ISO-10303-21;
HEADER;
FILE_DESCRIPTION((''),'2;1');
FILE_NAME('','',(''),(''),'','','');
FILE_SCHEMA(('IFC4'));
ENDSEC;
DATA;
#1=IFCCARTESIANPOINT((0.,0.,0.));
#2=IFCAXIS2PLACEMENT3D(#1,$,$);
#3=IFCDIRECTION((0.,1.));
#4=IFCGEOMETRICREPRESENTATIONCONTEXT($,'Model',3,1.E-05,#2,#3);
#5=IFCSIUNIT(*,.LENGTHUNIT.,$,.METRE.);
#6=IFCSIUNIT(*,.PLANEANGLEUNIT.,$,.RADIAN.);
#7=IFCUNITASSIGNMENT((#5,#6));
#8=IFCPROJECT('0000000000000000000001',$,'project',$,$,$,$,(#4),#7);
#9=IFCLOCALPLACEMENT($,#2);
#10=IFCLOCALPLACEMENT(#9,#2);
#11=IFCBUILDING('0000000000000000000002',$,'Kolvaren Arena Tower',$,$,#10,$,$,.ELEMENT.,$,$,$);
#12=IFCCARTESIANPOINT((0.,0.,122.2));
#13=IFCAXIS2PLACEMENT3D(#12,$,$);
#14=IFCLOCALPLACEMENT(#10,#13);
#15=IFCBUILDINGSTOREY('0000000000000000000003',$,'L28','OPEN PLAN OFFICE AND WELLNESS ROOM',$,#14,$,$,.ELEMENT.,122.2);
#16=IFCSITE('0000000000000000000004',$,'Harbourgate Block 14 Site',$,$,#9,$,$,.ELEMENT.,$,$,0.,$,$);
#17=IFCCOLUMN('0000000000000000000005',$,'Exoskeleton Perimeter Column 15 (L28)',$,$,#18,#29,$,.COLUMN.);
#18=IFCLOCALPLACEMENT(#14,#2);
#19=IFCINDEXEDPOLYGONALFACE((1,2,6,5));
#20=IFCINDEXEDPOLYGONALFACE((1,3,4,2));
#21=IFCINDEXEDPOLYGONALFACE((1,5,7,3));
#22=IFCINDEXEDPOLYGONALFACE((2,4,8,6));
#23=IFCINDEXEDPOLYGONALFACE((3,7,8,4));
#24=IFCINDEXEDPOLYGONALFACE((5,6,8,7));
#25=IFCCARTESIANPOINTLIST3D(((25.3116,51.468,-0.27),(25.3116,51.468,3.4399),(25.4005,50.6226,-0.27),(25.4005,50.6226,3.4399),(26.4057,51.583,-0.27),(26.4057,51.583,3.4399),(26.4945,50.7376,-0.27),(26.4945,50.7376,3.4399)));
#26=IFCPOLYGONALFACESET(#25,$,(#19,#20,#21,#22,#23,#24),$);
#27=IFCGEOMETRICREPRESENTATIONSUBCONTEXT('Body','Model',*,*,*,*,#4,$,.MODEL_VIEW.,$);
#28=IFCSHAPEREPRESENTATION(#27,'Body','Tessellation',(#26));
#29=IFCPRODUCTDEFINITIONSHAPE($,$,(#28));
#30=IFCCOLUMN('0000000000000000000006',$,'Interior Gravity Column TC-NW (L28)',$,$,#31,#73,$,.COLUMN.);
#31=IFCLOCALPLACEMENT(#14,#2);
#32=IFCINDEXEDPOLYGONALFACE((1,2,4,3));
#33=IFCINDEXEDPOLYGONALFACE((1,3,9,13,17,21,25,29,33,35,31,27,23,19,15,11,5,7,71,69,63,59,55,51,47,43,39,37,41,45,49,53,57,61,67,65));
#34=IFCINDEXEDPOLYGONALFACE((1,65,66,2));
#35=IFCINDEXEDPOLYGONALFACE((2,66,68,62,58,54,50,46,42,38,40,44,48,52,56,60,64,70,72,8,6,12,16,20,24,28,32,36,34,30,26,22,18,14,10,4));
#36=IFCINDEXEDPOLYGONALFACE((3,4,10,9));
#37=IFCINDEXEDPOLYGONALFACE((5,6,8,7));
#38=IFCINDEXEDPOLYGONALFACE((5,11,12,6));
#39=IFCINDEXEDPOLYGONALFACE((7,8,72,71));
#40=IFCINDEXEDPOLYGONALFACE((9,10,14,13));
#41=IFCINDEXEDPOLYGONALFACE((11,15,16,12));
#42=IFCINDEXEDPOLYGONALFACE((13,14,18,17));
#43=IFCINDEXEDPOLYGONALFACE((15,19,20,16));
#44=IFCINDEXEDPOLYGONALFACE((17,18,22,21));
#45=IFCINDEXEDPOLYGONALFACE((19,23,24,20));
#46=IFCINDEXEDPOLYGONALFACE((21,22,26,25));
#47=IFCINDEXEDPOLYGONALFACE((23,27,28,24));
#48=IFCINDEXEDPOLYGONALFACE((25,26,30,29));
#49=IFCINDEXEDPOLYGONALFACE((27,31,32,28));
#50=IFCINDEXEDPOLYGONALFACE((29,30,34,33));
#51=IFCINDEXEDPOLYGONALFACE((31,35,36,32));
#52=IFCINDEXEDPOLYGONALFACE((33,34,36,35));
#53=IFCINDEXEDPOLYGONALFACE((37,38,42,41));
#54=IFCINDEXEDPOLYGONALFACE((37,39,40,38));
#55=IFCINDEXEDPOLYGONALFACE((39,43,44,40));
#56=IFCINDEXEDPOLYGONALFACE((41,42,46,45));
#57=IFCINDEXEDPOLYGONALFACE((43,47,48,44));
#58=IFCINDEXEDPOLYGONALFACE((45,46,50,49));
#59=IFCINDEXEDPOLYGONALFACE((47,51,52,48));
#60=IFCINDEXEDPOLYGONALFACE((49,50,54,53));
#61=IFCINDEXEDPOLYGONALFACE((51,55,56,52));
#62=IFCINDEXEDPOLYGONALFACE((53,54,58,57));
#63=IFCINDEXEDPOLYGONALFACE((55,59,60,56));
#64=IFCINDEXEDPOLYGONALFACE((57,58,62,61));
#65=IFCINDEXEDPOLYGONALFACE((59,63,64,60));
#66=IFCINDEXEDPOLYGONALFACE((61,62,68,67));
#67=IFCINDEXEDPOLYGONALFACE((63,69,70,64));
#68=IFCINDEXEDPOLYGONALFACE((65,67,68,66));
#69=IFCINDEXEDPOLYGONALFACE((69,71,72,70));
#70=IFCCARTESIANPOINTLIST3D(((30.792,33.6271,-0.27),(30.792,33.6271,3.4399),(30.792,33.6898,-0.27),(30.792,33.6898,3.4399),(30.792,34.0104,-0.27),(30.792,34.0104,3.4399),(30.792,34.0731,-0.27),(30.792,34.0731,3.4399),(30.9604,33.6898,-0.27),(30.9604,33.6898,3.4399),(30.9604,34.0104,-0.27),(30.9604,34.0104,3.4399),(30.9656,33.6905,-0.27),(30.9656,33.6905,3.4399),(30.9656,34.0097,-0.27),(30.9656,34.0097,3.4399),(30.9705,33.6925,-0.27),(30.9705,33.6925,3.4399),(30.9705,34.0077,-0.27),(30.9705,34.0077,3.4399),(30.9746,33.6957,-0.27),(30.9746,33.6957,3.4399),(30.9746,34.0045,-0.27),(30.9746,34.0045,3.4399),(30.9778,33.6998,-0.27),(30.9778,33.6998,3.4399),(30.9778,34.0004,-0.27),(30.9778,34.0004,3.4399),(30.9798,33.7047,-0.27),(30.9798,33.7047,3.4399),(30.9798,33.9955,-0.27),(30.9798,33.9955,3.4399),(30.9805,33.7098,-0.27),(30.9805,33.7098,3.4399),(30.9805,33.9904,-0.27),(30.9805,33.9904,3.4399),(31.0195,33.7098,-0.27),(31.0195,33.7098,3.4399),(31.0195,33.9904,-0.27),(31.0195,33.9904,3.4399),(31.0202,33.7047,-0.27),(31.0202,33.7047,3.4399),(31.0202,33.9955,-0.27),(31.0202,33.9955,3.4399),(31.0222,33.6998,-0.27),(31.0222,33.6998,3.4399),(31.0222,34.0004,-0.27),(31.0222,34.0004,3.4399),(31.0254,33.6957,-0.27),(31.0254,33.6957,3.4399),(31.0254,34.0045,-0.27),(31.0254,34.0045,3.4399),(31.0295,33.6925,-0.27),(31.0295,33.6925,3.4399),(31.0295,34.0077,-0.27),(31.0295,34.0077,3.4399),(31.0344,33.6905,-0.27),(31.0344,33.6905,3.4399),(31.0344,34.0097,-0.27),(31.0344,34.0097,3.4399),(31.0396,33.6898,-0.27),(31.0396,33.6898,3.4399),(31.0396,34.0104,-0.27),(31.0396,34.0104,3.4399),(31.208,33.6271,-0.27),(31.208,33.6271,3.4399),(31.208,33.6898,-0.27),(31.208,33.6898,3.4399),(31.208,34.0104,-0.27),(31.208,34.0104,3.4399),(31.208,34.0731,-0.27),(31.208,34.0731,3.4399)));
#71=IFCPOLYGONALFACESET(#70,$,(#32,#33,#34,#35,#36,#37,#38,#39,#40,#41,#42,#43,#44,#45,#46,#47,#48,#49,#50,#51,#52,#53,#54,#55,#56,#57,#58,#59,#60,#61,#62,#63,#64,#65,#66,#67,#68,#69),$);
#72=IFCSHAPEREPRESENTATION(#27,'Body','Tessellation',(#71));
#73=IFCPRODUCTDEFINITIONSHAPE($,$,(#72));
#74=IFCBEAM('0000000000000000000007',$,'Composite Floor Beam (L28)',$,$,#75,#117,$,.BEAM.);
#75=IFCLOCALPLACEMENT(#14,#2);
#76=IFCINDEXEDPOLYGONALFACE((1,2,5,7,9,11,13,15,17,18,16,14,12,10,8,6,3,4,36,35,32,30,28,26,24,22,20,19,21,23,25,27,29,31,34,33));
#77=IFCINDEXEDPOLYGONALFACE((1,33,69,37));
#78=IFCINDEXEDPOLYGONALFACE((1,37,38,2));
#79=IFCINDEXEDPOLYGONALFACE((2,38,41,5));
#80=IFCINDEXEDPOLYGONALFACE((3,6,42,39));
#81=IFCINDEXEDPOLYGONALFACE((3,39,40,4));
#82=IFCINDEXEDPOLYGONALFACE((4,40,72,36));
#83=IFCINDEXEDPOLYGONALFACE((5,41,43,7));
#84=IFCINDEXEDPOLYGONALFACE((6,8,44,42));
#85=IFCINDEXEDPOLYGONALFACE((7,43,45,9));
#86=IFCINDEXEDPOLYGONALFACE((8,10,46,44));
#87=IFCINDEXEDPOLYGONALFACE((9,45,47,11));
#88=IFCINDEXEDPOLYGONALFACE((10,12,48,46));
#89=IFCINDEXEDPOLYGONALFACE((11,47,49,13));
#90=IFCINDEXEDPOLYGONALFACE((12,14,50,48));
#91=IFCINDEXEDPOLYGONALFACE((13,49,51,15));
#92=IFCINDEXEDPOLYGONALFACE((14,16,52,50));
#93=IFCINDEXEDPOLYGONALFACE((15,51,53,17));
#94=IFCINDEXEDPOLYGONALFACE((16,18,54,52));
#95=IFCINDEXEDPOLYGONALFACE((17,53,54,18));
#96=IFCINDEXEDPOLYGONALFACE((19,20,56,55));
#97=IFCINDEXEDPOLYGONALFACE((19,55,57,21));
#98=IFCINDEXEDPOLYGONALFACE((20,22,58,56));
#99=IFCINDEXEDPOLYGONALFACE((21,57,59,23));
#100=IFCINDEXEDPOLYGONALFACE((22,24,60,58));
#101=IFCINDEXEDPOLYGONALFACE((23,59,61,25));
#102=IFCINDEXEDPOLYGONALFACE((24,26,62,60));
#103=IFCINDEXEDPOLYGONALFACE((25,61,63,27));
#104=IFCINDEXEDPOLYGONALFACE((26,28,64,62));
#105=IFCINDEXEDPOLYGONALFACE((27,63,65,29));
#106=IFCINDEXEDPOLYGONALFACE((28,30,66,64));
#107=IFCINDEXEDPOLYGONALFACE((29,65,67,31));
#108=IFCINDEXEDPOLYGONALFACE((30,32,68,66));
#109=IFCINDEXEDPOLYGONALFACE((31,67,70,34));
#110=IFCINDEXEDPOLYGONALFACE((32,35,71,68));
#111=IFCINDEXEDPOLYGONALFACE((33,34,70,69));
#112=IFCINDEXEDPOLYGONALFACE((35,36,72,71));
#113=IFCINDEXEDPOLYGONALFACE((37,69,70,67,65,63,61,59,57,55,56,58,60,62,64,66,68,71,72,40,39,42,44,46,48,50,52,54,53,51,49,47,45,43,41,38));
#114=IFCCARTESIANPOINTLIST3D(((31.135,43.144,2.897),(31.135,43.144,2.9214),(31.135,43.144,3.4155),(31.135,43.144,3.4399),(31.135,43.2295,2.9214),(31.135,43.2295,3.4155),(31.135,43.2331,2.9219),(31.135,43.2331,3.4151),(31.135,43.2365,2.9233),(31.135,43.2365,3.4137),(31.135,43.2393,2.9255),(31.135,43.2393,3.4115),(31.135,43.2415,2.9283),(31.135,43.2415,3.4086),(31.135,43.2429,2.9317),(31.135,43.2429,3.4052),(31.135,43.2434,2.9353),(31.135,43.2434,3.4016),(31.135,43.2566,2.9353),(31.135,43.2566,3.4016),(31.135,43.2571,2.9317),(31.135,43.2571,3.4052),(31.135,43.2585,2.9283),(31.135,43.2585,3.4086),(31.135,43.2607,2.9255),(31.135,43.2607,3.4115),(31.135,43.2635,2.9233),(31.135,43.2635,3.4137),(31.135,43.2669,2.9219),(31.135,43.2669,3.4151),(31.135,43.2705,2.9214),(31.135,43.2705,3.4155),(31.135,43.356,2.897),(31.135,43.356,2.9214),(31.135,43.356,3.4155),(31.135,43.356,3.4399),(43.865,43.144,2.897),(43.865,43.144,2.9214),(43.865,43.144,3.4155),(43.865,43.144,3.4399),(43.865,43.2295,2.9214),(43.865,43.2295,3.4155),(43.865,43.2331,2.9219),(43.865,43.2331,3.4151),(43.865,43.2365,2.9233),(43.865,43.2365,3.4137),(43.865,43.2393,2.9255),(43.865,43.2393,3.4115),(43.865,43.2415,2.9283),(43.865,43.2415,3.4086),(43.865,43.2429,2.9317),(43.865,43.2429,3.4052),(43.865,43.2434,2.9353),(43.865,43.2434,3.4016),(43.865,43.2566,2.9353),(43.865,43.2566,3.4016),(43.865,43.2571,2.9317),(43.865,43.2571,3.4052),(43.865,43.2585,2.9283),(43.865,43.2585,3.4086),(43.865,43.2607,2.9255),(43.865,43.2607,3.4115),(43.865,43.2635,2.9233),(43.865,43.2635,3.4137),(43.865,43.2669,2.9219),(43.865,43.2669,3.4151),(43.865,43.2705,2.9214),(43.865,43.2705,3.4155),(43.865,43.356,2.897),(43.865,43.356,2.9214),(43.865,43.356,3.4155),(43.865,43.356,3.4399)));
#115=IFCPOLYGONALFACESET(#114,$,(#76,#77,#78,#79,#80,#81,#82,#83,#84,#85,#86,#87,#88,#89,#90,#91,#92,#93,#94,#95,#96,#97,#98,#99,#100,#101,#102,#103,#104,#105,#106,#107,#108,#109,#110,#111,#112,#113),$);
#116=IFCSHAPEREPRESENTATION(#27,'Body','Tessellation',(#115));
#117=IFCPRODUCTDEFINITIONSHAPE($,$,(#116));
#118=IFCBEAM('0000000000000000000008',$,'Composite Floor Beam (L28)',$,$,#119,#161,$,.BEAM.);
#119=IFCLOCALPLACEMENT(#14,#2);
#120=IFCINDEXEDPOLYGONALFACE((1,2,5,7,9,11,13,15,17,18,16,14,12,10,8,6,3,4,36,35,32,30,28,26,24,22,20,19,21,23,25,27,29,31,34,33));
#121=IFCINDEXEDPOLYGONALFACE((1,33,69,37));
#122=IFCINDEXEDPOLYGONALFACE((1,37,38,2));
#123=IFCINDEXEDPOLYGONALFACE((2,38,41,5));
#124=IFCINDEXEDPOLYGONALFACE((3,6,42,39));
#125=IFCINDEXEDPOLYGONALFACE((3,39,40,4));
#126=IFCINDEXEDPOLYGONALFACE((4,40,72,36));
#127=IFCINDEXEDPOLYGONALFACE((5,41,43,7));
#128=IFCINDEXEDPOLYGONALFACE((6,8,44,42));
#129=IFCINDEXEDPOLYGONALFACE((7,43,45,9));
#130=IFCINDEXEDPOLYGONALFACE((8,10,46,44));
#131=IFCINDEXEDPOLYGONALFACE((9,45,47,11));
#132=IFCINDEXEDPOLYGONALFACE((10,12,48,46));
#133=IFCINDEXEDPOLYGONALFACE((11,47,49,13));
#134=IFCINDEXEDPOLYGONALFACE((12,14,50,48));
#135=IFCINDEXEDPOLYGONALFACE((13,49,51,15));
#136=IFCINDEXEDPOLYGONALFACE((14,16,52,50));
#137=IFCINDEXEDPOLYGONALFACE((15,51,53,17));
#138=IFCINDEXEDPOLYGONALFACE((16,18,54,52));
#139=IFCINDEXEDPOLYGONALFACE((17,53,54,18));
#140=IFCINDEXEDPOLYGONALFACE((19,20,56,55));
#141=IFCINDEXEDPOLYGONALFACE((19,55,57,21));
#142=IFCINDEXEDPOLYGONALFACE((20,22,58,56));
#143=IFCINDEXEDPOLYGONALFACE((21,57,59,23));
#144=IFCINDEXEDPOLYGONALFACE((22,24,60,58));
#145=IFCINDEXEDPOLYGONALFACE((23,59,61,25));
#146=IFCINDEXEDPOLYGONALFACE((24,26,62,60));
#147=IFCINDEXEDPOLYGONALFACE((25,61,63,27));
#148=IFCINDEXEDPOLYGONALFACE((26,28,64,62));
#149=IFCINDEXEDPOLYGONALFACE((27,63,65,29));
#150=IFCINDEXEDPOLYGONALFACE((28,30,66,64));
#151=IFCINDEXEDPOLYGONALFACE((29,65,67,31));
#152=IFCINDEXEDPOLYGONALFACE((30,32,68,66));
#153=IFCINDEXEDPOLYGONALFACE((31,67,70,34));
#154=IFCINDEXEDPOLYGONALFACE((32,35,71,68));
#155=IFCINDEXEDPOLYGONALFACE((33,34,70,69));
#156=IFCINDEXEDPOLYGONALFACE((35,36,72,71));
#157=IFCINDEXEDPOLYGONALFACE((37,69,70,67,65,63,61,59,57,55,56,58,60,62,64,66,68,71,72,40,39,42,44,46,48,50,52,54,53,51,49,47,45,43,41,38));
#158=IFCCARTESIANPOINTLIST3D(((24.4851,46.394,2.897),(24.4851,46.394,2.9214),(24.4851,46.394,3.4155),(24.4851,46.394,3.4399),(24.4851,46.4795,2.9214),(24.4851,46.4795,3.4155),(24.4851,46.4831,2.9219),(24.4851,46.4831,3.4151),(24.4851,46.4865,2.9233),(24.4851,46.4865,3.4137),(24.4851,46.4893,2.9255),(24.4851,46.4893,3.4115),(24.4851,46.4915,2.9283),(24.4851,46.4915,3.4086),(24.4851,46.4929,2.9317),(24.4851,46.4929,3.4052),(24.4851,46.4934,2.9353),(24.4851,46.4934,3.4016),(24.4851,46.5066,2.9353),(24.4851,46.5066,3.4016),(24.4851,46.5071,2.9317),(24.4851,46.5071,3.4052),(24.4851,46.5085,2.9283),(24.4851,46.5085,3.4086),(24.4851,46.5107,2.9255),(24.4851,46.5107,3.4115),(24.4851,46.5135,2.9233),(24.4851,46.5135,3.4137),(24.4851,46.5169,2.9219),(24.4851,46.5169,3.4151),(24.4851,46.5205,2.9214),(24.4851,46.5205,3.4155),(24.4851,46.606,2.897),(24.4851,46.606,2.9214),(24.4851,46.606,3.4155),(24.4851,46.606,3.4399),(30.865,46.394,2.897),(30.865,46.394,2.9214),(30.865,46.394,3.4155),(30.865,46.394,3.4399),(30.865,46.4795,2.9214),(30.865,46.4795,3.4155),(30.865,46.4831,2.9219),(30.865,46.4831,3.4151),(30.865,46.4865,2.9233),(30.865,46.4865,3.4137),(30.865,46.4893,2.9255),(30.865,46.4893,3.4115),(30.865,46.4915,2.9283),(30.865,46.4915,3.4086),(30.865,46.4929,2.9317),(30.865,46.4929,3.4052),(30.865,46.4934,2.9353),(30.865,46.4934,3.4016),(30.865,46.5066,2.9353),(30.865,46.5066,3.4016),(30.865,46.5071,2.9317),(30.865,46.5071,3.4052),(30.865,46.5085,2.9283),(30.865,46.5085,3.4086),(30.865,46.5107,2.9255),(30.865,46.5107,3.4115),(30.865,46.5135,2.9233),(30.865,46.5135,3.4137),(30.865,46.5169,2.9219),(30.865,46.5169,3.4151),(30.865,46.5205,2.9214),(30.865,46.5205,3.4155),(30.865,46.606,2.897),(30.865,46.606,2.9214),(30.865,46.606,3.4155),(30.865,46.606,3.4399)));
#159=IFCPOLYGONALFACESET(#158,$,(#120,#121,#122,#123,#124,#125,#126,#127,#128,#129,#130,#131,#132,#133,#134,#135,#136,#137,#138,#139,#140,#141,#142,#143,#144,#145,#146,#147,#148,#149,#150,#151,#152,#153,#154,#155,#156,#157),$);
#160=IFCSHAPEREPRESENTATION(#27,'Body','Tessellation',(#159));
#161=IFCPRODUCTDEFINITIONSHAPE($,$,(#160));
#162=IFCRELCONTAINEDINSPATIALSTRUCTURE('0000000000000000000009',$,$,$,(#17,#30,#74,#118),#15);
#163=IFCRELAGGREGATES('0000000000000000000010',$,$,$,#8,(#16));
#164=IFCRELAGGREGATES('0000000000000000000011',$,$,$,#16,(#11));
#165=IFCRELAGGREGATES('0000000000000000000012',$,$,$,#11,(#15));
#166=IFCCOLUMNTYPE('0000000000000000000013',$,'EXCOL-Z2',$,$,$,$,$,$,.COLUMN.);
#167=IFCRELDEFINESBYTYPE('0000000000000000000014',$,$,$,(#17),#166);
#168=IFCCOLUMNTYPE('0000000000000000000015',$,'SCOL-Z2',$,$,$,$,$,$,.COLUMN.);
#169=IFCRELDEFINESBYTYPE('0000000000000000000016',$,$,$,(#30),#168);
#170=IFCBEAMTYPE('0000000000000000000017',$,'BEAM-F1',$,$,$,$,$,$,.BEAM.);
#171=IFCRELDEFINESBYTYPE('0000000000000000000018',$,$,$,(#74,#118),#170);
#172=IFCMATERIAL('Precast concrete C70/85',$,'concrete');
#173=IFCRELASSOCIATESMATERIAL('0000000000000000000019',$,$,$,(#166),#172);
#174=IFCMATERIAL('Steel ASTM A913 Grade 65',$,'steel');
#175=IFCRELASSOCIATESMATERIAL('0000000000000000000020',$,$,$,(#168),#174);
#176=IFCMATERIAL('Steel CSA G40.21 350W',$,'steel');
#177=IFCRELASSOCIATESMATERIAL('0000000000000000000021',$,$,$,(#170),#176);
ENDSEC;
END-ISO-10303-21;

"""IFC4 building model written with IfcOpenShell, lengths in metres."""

from ifc_helpers import new_model, si_unit, direction, frame, origin, origin_2d, place, context, subcontext, project, spatial, rectangle, i_section, extrude, material, material_profile, profile_set, type_object, element, save


model = new_model("IFC4")

# Units and contexts
model_context = context("Model", 3, precision=1e-05, world=origin(), true_north=direction((0.0, 1.0)))
body_context = subcontext(model_context, "Body", "Model", "MODEL_VIEW")
ifc_project = project(units=[si_unit("LENGTHUNIT", "METRE"), si_unit("PLANEANGLEUNIT", "RADIAN")], contexts=[model_context])

# Site, building, storey
site_placement = place(None, origin())
site = spatial("IfcSite", under=ifc_project, at=site_placement, Name="Harbourgate Block 14 Site", CompositionType="ELEMENT", RefElevation=0.0)
building_placement = place(site_placement, origin())
building = spatial("IfcBuilding", under=site, at=building_placement, Name="Kolvaren Arena Tower", CompositionType="ELEMENT")
storey_placement = place(building_placement, frame((0.0, 0.0, 122.2)))
storey = spatial("IfcBuildingStorey", under=building, at=storey_placement, Name="L28", Description="OPEN PLAN OFFICE AND WELLNESS ROOM", CompositionType="ELEMENT", Elevation=122.2)

# Columns
ifc_material_1 = material(Name="Precast concrete C70/85", Category="concrete")
ifc_material_profile_1 = material_profile(ifc_material_1, rectangle(XDim=1.1001, YDim=0.8501, at=origin_2d()), Name="RC-1100x850")
ifc_profile_set_1 = profile_set([ifc_material_profile_1], Name="Precast concrete C70/85")
column_type_1 = type_object("IfcColumnType", Name="EXCOL-Z2", PredefinedType="COLUMN", material=ifc_profile_set_1)
column_1_placement = place(storey_placement, frame((25.9031, 51.1028, -0.27), z_axis=(0.0, 0.0, 1.0), x_axis=(0.994522, 0.104528, 0.0)))
element("IfcColumn", 1, at=column_1_placement, inside=storey, type_object=column_type_1, Name="Exoskeleton Perimeter Column 15 (L28)", PredefinedType="COLUMN", context=body_context, shape_type="SweptSolid", body=[
    extrude(rectangle(XDim=1.1001, YDim=0.8501, at=origin_2d()), origin(), (0.0, 0.0, 1.0), 3.71),
])
ifc_material_2 = material(Name="Steel ASTM A913 Grade 65", Category="steel")
ifc_material_profile_2 = material_profile(ifc_material_2, i_section(OverallWidth=0.416, OverallDepth=0.446, WebThickness=0.0391, FlangeThickness=0.0627, FilletRadius=0.02, at=origin_2d()), Name="W360x509")
ifc_profile_set_2 = profile_set([ifc_material_profile_2], Name="Steel ASTM A913 Grade 65")
column_type_2 = type_object("IfcColumnType", Name="SCOL-Z2", PredefinedType="COLUMN", material=ifc_profile_set_2)
column_2_placement = place(storey_placement, frame((31.0, 33.8501, -0.27), z_axis=(0.0, 0.0, 1.0), x_axis=(1.0, 0.0, 0.0)))
element("IfcColumn", 2, at=column_2_placement, inside=storey, type_object=column_type_2, Name="Interior Gravity Column TC-NW (L28)", PredefinedType="COLUMN", context=body_context, shape_type="SweptSolid", body=[
    extrude(i_section(OverallWidth=0.416, OverallDepth=0.446, WebThickness=0.0391, FlangeThickness=0.0627, FilletRadius=0.02, at=origin_2d()), origin(), (0.0, 0.0, 1.0), 3.71),
])

# Beams
ifc_material_3 = material(Name="Steel CSA G40.21 350W", Category="steel")
ifc_material_profile_3 = material_profile(ifc_material_3, i_section(OverallWidth=0.2119, OverallDepth=0.543, WebThickness=0.0132, FlangeThickness=0.0244, FilletRadius=0.0139, at=origin_2d()), Name="W530x150")
ifc_profile_set_3 = profile_set([ifc_material_profile_3], Name="Steel CSA G40.21 350W")
beam_type_1 = type_object("IfcBeamType", Name="BEAM-F1", PredefinedType="BEAM", material=ifc_profile_set_3)
beam_1_placement = place(storey_placement, frame((31.135, 43.25, 3.1685), z_axis=(1.0, 0.0, 0.0), x_axis=(0.0, 1.0, 0.0)))
element("IfcBeam", 3, at=beam_1_placement, inside=storey, type_object=beam_type_1, Name="Composite Floor Beam (L28)", PredefinedType="BEAM", context=body_context, shape_type="SweptSolid", body=[
    extrude(i_section(OverallWidth=0.2119, OverallDepth=0.543, WebThickness=0.0132, FlangeThickness=0.0244, FilletRadius=0.0139, at=origin_2d()), origin(), (0.0, 0.0, 1.0), 12.73),
])
for number, where, z_axis, x_axis, name in (
    (4, (24.4851, 46.5, 3.1685), (1.0, 0.0, 0.0), (0.0, 1.0, 0.0), "Composite Floor Beam (L28)"),
):
    element("IfcBeam", number, at=place(storey_placement, frame(where, z_axis=z_axis, x_axis=x_axis)), inside=storey, type_object=beam_type_1, Name=name, PredefinedType="BEAM", context=body_context, shape_type="SweptSolid", body=[
        extrude(i_section(OverallWidth=0.2119, OverallDepth=0.543, WebThickness=0.0132, FlangeThickness=0.0244, FilletRadius=0.0139, at=origin_2d()), origin(), (0.0, 0.0, 1.0), 6.3799),
    ])

save(model, "model.ifc")
